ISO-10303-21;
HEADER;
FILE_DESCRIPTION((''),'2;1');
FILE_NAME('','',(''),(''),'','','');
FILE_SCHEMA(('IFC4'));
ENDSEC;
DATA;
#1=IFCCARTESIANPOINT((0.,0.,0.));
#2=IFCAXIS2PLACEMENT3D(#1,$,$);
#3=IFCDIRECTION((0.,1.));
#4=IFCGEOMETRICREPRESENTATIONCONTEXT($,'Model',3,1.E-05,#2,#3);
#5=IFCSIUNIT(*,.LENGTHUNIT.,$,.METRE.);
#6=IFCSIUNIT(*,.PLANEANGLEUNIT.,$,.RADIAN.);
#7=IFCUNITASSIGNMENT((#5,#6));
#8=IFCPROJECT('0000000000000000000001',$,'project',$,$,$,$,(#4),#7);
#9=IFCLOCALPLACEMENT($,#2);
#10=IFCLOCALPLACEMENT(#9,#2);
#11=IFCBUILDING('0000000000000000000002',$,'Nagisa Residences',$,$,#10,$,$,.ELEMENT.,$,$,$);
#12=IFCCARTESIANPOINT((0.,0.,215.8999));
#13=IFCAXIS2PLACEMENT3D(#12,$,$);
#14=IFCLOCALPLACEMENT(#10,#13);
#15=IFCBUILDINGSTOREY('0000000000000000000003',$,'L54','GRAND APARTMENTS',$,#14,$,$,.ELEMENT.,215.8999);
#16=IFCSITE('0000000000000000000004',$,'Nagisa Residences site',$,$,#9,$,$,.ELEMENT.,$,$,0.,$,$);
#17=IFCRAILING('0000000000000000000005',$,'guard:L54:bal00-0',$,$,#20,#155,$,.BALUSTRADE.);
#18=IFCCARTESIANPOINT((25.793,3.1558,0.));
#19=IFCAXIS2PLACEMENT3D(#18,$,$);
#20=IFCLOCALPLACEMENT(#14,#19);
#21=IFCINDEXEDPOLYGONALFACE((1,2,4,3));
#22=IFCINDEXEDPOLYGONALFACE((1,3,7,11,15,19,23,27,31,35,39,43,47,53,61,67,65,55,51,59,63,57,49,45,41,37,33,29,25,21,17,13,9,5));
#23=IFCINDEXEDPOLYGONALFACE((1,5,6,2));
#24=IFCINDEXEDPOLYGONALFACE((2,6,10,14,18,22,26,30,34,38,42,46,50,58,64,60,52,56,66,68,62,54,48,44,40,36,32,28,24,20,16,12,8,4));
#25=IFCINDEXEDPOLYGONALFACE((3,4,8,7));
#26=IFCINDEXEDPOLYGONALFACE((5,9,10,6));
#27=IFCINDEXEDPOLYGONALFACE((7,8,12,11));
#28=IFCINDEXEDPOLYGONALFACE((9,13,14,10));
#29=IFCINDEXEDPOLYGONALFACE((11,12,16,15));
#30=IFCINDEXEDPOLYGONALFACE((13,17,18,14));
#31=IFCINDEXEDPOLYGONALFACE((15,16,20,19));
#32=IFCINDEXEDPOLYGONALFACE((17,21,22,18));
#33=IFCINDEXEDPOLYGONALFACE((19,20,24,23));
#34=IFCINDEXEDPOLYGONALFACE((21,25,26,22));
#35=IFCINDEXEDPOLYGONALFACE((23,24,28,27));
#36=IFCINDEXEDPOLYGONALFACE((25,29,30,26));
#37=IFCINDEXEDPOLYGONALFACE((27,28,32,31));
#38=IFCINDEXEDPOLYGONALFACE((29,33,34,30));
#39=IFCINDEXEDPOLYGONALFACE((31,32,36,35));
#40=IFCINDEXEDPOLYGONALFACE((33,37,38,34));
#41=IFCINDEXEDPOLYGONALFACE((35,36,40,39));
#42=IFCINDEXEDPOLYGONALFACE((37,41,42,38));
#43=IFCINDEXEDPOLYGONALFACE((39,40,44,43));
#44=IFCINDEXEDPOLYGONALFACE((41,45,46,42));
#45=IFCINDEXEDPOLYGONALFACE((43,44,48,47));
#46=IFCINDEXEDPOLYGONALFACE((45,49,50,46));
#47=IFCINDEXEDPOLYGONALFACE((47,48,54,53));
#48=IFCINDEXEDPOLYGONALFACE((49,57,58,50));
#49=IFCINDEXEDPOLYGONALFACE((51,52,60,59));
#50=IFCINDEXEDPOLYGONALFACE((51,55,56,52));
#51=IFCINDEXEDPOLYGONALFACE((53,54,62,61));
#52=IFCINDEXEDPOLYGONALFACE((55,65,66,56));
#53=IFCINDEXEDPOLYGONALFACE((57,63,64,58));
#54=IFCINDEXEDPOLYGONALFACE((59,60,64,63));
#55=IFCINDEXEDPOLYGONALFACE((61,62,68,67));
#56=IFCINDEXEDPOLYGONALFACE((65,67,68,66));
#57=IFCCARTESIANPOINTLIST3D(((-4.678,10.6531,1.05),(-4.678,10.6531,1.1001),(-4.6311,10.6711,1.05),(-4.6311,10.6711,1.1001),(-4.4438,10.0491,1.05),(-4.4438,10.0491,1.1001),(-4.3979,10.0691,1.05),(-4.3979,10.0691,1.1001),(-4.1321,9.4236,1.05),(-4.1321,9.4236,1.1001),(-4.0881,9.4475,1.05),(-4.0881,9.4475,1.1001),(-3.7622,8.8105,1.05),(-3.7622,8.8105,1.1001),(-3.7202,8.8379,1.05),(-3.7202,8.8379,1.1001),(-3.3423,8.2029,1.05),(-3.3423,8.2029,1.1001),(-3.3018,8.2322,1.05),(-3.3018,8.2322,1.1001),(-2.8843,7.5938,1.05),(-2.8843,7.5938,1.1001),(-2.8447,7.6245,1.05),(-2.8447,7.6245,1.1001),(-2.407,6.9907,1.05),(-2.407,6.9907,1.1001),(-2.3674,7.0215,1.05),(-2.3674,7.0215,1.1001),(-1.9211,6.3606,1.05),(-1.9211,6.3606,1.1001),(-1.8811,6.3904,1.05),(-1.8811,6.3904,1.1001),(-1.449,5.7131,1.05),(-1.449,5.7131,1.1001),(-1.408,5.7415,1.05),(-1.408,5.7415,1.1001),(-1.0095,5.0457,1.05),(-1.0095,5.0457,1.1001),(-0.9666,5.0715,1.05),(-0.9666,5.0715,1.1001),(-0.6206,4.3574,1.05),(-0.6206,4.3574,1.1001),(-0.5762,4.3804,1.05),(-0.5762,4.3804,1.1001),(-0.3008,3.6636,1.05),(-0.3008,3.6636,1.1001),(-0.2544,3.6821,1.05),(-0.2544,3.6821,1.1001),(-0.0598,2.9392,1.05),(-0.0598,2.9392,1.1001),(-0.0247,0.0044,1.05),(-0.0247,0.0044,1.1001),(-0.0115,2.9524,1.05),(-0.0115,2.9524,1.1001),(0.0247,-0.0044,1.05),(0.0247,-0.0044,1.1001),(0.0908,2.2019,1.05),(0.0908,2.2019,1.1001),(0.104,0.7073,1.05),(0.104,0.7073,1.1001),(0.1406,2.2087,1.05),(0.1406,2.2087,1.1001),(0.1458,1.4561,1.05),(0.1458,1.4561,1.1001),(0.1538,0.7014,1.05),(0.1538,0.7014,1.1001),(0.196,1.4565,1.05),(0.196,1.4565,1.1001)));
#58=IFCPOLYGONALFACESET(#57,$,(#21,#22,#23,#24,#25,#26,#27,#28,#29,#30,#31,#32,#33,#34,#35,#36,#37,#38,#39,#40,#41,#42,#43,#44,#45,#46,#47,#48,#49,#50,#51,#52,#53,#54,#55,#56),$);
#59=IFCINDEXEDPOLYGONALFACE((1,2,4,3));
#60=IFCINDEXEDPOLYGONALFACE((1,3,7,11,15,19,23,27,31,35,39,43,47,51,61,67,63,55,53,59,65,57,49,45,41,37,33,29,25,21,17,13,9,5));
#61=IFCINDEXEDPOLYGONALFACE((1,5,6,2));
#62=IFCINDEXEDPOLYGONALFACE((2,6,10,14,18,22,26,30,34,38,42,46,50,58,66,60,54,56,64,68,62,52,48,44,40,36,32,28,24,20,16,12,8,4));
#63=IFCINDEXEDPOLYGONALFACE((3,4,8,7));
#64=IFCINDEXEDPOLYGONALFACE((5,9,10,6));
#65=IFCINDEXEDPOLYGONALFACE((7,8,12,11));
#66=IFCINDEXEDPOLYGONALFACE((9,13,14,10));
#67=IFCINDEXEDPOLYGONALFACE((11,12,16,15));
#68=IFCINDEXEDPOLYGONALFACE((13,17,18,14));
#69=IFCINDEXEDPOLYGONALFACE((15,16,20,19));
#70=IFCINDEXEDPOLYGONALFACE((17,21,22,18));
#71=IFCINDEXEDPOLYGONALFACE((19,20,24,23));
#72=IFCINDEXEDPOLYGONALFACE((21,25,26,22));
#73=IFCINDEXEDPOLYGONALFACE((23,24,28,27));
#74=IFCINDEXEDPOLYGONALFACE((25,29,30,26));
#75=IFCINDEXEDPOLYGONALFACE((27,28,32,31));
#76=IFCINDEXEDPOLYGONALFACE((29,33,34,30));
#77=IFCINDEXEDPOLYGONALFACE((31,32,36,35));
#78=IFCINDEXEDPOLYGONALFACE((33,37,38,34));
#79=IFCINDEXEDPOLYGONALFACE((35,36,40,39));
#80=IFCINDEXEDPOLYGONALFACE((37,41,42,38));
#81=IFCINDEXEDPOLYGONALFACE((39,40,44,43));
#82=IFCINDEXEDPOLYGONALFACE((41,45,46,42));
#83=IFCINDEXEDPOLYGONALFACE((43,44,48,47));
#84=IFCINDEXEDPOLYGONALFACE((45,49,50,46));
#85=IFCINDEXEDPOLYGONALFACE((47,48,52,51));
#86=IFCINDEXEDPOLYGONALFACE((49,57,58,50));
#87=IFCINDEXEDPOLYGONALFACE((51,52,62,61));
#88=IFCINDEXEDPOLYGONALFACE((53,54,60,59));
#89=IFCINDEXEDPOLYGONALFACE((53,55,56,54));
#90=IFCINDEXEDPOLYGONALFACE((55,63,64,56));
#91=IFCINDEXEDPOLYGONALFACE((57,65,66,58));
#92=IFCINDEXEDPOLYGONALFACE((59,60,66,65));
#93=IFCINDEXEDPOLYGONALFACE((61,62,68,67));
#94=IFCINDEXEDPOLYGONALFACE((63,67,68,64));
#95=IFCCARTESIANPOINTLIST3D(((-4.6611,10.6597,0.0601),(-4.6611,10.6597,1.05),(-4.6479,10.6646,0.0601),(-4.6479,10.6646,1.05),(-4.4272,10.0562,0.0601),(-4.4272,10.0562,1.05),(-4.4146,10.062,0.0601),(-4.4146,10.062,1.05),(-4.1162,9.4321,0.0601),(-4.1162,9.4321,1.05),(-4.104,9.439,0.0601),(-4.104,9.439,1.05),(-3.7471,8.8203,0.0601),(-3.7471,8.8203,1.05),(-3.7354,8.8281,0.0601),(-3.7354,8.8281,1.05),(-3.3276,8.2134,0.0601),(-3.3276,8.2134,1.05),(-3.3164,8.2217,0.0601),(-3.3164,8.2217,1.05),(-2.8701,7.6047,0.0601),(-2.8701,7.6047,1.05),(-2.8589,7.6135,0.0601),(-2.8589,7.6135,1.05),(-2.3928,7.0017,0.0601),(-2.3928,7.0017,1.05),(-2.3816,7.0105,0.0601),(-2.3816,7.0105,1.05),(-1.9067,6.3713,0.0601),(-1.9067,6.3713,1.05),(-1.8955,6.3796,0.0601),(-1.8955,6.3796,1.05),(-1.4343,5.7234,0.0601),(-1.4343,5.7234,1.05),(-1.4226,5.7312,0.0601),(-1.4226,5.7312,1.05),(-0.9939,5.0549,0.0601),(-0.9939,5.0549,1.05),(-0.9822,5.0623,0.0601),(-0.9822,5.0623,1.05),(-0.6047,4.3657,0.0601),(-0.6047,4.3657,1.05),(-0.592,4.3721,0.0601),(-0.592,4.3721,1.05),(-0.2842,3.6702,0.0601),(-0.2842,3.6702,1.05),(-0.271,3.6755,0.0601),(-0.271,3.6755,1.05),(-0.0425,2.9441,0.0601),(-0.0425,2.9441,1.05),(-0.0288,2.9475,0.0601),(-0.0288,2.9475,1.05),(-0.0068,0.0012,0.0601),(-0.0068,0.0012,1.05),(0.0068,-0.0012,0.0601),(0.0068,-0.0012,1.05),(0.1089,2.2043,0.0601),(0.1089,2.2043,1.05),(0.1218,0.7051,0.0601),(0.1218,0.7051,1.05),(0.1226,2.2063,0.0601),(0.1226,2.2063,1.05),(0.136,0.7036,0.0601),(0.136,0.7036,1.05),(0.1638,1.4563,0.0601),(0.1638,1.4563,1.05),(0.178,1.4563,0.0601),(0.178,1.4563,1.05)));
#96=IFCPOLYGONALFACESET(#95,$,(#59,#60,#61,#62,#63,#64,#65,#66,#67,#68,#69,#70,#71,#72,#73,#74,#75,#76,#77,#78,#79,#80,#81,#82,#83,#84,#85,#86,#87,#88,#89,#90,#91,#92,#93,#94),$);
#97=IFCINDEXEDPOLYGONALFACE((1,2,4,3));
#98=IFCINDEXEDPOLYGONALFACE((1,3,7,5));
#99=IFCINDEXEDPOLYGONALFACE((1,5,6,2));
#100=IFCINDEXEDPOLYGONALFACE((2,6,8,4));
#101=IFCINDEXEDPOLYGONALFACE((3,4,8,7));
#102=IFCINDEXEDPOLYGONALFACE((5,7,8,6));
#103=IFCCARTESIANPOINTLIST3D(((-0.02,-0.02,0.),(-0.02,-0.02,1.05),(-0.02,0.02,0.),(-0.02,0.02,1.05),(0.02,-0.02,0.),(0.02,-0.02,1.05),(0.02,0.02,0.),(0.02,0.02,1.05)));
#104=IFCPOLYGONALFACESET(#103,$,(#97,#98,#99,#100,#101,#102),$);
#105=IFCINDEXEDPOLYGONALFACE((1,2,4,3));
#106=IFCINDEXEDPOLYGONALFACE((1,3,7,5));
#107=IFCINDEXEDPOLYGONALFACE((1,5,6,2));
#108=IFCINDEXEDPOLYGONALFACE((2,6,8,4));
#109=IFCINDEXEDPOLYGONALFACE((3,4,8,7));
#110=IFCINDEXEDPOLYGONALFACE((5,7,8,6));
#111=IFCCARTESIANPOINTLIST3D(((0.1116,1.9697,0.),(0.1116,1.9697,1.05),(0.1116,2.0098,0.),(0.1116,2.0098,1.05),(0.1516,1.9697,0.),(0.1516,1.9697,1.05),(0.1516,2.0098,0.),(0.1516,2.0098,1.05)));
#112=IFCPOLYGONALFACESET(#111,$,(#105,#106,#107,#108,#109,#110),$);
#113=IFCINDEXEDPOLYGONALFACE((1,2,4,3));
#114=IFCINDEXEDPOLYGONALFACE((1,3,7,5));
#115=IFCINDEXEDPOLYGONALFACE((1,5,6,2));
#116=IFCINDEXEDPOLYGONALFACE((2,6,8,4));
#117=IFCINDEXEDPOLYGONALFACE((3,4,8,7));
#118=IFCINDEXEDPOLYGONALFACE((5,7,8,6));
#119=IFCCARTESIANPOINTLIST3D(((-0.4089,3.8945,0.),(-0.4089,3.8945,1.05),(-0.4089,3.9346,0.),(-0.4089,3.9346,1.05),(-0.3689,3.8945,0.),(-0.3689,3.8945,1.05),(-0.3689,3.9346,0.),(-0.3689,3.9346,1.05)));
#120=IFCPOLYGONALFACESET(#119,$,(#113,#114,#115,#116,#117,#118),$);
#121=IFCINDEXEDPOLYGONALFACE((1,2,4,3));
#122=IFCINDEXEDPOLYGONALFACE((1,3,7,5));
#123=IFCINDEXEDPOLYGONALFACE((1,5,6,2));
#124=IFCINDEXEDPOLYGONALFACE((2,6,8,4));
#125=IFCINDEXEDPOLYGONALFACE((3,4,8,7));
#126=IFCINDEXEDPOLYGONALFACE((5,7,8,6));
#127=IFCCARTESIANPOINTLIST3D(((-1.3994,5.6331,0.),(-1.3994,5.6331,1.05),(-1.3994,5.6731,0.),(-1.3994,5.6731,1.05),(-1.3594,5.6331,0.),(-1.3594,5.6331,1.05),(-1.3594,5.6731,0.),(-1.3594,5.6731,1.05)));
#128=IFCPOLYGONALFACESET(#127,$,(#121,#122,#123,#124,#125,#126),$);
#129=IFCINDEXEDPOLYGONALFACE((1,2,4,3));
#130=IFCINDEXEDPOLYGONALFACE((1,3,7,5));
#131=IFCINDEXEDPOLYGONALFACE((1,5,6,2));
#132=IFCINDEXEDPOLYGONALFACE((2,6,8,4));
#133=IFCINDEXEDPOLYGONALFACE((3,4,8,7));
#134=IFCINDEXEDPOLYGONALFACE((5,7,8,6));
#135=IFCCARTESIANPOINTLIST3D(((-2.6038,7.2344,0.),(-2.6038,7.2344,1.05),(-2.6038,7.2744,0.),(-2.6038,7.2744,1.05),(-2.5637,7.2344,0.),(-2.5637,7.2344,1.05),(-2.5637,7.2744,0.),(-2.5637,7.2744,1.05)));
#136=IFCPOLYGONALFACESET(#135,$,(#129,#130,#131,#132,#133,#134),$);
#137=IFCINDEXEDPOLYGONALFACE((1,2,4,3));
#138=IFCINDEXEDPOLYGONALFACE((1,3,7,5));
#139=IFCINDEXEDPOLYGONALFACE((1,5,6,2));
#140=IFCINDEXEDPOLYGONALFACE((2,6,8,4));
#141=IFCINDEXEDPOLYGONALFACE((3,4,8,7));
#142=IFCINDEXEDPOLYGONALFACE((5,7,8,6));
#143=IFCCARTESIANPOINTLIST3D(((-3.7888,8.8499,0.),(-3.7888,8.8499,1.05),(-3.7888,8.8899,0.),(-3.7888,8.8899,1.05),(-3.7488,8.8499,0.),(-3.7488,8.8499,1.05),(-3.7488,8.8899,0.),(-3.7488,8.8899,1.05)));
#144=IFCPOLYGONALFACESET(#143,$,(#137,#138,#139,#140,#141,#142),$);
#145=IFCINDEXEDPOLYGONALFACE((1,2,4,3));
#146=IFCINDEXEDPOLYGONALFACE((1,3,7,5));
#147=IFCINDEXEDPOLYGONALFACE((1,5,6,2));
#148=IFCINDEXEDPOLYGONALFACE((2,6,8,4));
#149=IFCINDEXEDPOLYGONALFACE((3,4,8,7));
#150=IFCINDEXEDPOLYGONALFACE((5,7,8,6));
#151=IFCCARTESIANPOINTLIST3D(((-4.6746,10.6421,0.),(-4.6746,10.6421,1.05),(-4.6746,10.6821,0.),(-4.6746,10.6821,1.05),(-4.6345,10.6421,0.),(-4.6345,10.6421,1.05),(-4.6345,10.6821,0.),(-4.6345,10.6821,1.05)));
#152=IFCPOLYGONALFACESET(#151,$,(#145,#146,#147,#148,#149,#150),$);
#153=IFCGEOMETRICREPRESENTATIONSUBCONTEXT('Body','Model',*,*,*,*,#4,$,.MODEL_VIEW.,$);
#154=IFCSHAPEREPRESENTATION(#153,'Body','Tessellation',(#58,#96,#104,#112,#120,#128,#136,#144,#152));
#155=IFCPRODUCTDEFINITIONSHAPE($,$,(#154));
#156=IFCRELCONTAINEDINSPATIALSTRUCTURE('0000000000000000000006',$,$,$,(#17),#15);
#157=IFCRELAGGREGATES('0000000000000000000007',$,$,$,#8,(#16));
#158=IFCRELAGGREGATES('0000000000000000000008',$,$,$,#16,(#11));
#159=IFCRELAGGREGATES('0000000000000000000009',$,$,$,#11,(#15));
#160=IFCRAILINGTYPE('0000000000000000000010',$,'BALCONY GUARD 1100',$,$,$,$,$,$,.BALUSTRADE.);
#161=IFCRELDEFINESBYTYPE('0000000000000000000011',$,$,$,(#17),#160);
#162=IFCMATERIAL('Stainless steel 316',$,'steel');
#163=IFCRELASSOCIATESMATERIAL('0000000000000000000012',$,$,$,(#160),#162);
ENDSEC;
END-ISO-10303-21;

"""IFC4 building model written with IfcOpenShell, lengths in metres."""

from ifc_helpers import new_model, si_unit, direction, frame, origin, origin_2d, place, context, subcontext, project, spatial, polyline, rectangle, outline, extrude, material, type_object, element, save


model = new_model("IFC4")

# Units and contexts
model_context = context("Model", 3, precision=1e-05, world=origin(), true_north=direction((0.0, 1.0)))
body_context = subcontext(model_context, "Body", "Model", "MODEL_VIEW")
ifc_project = project(units=[si_unit("LENGTHUNIT", "METRE"), si_unit("PLANEANGLEUNIT", "RADIAN")], contexts=[model_context])

# Site, building, storey
site_placement = place(None, origin())
site = spatial("IfcSite", under=ifc_project, at=site_placement, Name="Nagisa Residences site", CompositionType="ELEMENT", RefElevation=0.0)
building_placement = place(site_placement, origin())
building = spatial("IfcBuilding", under=site, at=building_placement, Name="Nagisa Residences", CompositionType="ELEMENT")
storey_placement = place(building_placement, frame((0.0, 0.0, 215.8999)))
storey = spatial("IfcBuildingStorey", under=building, at=storey_placement, Name="L54", Description="GRAND APARTMENTS", CompositionType="ELEMENT", Elevation=215.8999)

# Railing
ifc_material_1 = material(Name="Stainless steel 316", Category="steel")
railing_type = type_object("IfcRailingType", Name="BALCONY GUARD 1100", PredefinedType="BALUSTRADE", material=ifc_material_1)
railing_placement = place(storey_placement, frame((25.793, 3.1558, 0.0)))
element("IfcRailing", 1, at=railing_placement, inside=storey, type_object=railing_type, Name="guard:L54:bal00-0", PredefinedType="BALUSTRADE", context=body_context, shape_type="SweptSolid", body=[
    extrude(outline(polyline([(0.104, 0.7073), (-0.0247, 0.0044), (0.0247, -0.0044), (0.1538, 0.7014), (0.196, 1.4565), (0.1406, 2.2087), (-0.0115, 2.9524), (-0.2544, 3.6821), (-0.5762, 4.3804), (-0.9666, 5.0715), (-1.408, 5.7415), (-1.8811, 6.3904), (-2.3674, 7.0215), (-2.8447, 7.6245), (-3.3018, 8.2322), (-3.7202, 8.8379), (-4.0881, 9.4475), (-4.3979, 10.0691), (-4.6311, 10.6711), (-4.678, 10.6531), (-4.4438, 10.0491), (-4.1321, 9.4236), (-3.7622, 8.8105), (-3.3423, 8.2029), (-2.8843, 7.5938), (-2.407, 6.9907), (-1.9211, 6.3606), (-1.449, 5.7131), (-1.0095, 5.0457), (-0.6206, 4.3574), (-0.3008, 3.6636), (-0.0598, 2.9392), (0.0908, 2.2019), (0.1458, 1.4561), (0.104, 0.7073)])), frame((0.0, 0.0, 1.05)), (0.0, 0.0, 1.0), 0.05),
    extrude(outline(polyline([(0.1218, 0.7051), (-0.0068, 0.0012), (0.0068, -0.0012), (0.136, 0.7036), (0.178, 1.4563), (0.1226, 2.2063), (-0.0288, 2.9475), (-0.271, 3.6755), (-0.592, 4.3721), (-0.9822, 5.0623), (-1.4226, 5.7312), (-1.8955, 6.3796), (-2.3816, 7.0105), (-2.8589, 7.6135), (-3.3164, 8.2217), (-3.7354, 8.8281), (-4.104, 9.439), (-4.4146, 10.062), (-4.6479, 10.6646), (-4.6611, 10.6597), (-4.4272, 10.0562), (-4.1162, 9.4321), (-3.7471, 8.8203), (-3.3276, 8.2134), (-2.8701, 7.6047), (-2.3928, 7.0017), (-1.9067, 6.3713), (-1.4343, 5.7234), (-0.9939, 5.0549), (-0.6047, 4.3657), (-0.2842, 3.6702), (-0.0425, 2.9441), (0.1089, 2.2043), (0.1638, 1.4563), (0.1218, 0.7051)])), frame((0.0, 0.0, 0.0601)), (0.0, 0.0, 1.0), 0.99),
    extrude(rectangle(XDim=0.04, YDim=0.04, at=origin_2d()), origin(), (0.0, 0.0, 1.0), 1.05),
    extrude(rectangle(XDim=0.04, YDim=0.04, at=origin_2d()), frame((0.1316, 1.9897, 0.0)), (0.0, 0.0, 1.0), 1.05),
    extrude(rectangle(XDim=0.04, YDim=0.04, at=origin_2d()), frame((-0.3889, 3.9146, 0.0)), (0.0, 0.0, 1.0), 1.05),
    extrude(rectangle(XDim=0.04, YDim=0.04, at=origin_2d()), frame((-1.3794, 5.6531, 0.0)), (0.0, 0.0, 1.0), 1.05),
    extrude(rectangle(XDim=0.04, YDim=0.04, at=origin_2d()), frame((-2.5837, 7.2544, 0.0)), (0.0, 0.0, 1.0), 1.05),
    extrude(rectangle(XDim=0.04, YDim=0.04, at=origin_2d()), frame((-3.7688, 8.8699, 0.0)), (0.0, 0.0, 1.0), 1.05),
    extrude(rectangle(XDim=0.04, YDim=0.04, at=origin_2d()), frame((-4.6545, 10.6621, 0.0)), (0.0, 0.0, 1.0), 1.05),
])

save(model, "model.ifc")
